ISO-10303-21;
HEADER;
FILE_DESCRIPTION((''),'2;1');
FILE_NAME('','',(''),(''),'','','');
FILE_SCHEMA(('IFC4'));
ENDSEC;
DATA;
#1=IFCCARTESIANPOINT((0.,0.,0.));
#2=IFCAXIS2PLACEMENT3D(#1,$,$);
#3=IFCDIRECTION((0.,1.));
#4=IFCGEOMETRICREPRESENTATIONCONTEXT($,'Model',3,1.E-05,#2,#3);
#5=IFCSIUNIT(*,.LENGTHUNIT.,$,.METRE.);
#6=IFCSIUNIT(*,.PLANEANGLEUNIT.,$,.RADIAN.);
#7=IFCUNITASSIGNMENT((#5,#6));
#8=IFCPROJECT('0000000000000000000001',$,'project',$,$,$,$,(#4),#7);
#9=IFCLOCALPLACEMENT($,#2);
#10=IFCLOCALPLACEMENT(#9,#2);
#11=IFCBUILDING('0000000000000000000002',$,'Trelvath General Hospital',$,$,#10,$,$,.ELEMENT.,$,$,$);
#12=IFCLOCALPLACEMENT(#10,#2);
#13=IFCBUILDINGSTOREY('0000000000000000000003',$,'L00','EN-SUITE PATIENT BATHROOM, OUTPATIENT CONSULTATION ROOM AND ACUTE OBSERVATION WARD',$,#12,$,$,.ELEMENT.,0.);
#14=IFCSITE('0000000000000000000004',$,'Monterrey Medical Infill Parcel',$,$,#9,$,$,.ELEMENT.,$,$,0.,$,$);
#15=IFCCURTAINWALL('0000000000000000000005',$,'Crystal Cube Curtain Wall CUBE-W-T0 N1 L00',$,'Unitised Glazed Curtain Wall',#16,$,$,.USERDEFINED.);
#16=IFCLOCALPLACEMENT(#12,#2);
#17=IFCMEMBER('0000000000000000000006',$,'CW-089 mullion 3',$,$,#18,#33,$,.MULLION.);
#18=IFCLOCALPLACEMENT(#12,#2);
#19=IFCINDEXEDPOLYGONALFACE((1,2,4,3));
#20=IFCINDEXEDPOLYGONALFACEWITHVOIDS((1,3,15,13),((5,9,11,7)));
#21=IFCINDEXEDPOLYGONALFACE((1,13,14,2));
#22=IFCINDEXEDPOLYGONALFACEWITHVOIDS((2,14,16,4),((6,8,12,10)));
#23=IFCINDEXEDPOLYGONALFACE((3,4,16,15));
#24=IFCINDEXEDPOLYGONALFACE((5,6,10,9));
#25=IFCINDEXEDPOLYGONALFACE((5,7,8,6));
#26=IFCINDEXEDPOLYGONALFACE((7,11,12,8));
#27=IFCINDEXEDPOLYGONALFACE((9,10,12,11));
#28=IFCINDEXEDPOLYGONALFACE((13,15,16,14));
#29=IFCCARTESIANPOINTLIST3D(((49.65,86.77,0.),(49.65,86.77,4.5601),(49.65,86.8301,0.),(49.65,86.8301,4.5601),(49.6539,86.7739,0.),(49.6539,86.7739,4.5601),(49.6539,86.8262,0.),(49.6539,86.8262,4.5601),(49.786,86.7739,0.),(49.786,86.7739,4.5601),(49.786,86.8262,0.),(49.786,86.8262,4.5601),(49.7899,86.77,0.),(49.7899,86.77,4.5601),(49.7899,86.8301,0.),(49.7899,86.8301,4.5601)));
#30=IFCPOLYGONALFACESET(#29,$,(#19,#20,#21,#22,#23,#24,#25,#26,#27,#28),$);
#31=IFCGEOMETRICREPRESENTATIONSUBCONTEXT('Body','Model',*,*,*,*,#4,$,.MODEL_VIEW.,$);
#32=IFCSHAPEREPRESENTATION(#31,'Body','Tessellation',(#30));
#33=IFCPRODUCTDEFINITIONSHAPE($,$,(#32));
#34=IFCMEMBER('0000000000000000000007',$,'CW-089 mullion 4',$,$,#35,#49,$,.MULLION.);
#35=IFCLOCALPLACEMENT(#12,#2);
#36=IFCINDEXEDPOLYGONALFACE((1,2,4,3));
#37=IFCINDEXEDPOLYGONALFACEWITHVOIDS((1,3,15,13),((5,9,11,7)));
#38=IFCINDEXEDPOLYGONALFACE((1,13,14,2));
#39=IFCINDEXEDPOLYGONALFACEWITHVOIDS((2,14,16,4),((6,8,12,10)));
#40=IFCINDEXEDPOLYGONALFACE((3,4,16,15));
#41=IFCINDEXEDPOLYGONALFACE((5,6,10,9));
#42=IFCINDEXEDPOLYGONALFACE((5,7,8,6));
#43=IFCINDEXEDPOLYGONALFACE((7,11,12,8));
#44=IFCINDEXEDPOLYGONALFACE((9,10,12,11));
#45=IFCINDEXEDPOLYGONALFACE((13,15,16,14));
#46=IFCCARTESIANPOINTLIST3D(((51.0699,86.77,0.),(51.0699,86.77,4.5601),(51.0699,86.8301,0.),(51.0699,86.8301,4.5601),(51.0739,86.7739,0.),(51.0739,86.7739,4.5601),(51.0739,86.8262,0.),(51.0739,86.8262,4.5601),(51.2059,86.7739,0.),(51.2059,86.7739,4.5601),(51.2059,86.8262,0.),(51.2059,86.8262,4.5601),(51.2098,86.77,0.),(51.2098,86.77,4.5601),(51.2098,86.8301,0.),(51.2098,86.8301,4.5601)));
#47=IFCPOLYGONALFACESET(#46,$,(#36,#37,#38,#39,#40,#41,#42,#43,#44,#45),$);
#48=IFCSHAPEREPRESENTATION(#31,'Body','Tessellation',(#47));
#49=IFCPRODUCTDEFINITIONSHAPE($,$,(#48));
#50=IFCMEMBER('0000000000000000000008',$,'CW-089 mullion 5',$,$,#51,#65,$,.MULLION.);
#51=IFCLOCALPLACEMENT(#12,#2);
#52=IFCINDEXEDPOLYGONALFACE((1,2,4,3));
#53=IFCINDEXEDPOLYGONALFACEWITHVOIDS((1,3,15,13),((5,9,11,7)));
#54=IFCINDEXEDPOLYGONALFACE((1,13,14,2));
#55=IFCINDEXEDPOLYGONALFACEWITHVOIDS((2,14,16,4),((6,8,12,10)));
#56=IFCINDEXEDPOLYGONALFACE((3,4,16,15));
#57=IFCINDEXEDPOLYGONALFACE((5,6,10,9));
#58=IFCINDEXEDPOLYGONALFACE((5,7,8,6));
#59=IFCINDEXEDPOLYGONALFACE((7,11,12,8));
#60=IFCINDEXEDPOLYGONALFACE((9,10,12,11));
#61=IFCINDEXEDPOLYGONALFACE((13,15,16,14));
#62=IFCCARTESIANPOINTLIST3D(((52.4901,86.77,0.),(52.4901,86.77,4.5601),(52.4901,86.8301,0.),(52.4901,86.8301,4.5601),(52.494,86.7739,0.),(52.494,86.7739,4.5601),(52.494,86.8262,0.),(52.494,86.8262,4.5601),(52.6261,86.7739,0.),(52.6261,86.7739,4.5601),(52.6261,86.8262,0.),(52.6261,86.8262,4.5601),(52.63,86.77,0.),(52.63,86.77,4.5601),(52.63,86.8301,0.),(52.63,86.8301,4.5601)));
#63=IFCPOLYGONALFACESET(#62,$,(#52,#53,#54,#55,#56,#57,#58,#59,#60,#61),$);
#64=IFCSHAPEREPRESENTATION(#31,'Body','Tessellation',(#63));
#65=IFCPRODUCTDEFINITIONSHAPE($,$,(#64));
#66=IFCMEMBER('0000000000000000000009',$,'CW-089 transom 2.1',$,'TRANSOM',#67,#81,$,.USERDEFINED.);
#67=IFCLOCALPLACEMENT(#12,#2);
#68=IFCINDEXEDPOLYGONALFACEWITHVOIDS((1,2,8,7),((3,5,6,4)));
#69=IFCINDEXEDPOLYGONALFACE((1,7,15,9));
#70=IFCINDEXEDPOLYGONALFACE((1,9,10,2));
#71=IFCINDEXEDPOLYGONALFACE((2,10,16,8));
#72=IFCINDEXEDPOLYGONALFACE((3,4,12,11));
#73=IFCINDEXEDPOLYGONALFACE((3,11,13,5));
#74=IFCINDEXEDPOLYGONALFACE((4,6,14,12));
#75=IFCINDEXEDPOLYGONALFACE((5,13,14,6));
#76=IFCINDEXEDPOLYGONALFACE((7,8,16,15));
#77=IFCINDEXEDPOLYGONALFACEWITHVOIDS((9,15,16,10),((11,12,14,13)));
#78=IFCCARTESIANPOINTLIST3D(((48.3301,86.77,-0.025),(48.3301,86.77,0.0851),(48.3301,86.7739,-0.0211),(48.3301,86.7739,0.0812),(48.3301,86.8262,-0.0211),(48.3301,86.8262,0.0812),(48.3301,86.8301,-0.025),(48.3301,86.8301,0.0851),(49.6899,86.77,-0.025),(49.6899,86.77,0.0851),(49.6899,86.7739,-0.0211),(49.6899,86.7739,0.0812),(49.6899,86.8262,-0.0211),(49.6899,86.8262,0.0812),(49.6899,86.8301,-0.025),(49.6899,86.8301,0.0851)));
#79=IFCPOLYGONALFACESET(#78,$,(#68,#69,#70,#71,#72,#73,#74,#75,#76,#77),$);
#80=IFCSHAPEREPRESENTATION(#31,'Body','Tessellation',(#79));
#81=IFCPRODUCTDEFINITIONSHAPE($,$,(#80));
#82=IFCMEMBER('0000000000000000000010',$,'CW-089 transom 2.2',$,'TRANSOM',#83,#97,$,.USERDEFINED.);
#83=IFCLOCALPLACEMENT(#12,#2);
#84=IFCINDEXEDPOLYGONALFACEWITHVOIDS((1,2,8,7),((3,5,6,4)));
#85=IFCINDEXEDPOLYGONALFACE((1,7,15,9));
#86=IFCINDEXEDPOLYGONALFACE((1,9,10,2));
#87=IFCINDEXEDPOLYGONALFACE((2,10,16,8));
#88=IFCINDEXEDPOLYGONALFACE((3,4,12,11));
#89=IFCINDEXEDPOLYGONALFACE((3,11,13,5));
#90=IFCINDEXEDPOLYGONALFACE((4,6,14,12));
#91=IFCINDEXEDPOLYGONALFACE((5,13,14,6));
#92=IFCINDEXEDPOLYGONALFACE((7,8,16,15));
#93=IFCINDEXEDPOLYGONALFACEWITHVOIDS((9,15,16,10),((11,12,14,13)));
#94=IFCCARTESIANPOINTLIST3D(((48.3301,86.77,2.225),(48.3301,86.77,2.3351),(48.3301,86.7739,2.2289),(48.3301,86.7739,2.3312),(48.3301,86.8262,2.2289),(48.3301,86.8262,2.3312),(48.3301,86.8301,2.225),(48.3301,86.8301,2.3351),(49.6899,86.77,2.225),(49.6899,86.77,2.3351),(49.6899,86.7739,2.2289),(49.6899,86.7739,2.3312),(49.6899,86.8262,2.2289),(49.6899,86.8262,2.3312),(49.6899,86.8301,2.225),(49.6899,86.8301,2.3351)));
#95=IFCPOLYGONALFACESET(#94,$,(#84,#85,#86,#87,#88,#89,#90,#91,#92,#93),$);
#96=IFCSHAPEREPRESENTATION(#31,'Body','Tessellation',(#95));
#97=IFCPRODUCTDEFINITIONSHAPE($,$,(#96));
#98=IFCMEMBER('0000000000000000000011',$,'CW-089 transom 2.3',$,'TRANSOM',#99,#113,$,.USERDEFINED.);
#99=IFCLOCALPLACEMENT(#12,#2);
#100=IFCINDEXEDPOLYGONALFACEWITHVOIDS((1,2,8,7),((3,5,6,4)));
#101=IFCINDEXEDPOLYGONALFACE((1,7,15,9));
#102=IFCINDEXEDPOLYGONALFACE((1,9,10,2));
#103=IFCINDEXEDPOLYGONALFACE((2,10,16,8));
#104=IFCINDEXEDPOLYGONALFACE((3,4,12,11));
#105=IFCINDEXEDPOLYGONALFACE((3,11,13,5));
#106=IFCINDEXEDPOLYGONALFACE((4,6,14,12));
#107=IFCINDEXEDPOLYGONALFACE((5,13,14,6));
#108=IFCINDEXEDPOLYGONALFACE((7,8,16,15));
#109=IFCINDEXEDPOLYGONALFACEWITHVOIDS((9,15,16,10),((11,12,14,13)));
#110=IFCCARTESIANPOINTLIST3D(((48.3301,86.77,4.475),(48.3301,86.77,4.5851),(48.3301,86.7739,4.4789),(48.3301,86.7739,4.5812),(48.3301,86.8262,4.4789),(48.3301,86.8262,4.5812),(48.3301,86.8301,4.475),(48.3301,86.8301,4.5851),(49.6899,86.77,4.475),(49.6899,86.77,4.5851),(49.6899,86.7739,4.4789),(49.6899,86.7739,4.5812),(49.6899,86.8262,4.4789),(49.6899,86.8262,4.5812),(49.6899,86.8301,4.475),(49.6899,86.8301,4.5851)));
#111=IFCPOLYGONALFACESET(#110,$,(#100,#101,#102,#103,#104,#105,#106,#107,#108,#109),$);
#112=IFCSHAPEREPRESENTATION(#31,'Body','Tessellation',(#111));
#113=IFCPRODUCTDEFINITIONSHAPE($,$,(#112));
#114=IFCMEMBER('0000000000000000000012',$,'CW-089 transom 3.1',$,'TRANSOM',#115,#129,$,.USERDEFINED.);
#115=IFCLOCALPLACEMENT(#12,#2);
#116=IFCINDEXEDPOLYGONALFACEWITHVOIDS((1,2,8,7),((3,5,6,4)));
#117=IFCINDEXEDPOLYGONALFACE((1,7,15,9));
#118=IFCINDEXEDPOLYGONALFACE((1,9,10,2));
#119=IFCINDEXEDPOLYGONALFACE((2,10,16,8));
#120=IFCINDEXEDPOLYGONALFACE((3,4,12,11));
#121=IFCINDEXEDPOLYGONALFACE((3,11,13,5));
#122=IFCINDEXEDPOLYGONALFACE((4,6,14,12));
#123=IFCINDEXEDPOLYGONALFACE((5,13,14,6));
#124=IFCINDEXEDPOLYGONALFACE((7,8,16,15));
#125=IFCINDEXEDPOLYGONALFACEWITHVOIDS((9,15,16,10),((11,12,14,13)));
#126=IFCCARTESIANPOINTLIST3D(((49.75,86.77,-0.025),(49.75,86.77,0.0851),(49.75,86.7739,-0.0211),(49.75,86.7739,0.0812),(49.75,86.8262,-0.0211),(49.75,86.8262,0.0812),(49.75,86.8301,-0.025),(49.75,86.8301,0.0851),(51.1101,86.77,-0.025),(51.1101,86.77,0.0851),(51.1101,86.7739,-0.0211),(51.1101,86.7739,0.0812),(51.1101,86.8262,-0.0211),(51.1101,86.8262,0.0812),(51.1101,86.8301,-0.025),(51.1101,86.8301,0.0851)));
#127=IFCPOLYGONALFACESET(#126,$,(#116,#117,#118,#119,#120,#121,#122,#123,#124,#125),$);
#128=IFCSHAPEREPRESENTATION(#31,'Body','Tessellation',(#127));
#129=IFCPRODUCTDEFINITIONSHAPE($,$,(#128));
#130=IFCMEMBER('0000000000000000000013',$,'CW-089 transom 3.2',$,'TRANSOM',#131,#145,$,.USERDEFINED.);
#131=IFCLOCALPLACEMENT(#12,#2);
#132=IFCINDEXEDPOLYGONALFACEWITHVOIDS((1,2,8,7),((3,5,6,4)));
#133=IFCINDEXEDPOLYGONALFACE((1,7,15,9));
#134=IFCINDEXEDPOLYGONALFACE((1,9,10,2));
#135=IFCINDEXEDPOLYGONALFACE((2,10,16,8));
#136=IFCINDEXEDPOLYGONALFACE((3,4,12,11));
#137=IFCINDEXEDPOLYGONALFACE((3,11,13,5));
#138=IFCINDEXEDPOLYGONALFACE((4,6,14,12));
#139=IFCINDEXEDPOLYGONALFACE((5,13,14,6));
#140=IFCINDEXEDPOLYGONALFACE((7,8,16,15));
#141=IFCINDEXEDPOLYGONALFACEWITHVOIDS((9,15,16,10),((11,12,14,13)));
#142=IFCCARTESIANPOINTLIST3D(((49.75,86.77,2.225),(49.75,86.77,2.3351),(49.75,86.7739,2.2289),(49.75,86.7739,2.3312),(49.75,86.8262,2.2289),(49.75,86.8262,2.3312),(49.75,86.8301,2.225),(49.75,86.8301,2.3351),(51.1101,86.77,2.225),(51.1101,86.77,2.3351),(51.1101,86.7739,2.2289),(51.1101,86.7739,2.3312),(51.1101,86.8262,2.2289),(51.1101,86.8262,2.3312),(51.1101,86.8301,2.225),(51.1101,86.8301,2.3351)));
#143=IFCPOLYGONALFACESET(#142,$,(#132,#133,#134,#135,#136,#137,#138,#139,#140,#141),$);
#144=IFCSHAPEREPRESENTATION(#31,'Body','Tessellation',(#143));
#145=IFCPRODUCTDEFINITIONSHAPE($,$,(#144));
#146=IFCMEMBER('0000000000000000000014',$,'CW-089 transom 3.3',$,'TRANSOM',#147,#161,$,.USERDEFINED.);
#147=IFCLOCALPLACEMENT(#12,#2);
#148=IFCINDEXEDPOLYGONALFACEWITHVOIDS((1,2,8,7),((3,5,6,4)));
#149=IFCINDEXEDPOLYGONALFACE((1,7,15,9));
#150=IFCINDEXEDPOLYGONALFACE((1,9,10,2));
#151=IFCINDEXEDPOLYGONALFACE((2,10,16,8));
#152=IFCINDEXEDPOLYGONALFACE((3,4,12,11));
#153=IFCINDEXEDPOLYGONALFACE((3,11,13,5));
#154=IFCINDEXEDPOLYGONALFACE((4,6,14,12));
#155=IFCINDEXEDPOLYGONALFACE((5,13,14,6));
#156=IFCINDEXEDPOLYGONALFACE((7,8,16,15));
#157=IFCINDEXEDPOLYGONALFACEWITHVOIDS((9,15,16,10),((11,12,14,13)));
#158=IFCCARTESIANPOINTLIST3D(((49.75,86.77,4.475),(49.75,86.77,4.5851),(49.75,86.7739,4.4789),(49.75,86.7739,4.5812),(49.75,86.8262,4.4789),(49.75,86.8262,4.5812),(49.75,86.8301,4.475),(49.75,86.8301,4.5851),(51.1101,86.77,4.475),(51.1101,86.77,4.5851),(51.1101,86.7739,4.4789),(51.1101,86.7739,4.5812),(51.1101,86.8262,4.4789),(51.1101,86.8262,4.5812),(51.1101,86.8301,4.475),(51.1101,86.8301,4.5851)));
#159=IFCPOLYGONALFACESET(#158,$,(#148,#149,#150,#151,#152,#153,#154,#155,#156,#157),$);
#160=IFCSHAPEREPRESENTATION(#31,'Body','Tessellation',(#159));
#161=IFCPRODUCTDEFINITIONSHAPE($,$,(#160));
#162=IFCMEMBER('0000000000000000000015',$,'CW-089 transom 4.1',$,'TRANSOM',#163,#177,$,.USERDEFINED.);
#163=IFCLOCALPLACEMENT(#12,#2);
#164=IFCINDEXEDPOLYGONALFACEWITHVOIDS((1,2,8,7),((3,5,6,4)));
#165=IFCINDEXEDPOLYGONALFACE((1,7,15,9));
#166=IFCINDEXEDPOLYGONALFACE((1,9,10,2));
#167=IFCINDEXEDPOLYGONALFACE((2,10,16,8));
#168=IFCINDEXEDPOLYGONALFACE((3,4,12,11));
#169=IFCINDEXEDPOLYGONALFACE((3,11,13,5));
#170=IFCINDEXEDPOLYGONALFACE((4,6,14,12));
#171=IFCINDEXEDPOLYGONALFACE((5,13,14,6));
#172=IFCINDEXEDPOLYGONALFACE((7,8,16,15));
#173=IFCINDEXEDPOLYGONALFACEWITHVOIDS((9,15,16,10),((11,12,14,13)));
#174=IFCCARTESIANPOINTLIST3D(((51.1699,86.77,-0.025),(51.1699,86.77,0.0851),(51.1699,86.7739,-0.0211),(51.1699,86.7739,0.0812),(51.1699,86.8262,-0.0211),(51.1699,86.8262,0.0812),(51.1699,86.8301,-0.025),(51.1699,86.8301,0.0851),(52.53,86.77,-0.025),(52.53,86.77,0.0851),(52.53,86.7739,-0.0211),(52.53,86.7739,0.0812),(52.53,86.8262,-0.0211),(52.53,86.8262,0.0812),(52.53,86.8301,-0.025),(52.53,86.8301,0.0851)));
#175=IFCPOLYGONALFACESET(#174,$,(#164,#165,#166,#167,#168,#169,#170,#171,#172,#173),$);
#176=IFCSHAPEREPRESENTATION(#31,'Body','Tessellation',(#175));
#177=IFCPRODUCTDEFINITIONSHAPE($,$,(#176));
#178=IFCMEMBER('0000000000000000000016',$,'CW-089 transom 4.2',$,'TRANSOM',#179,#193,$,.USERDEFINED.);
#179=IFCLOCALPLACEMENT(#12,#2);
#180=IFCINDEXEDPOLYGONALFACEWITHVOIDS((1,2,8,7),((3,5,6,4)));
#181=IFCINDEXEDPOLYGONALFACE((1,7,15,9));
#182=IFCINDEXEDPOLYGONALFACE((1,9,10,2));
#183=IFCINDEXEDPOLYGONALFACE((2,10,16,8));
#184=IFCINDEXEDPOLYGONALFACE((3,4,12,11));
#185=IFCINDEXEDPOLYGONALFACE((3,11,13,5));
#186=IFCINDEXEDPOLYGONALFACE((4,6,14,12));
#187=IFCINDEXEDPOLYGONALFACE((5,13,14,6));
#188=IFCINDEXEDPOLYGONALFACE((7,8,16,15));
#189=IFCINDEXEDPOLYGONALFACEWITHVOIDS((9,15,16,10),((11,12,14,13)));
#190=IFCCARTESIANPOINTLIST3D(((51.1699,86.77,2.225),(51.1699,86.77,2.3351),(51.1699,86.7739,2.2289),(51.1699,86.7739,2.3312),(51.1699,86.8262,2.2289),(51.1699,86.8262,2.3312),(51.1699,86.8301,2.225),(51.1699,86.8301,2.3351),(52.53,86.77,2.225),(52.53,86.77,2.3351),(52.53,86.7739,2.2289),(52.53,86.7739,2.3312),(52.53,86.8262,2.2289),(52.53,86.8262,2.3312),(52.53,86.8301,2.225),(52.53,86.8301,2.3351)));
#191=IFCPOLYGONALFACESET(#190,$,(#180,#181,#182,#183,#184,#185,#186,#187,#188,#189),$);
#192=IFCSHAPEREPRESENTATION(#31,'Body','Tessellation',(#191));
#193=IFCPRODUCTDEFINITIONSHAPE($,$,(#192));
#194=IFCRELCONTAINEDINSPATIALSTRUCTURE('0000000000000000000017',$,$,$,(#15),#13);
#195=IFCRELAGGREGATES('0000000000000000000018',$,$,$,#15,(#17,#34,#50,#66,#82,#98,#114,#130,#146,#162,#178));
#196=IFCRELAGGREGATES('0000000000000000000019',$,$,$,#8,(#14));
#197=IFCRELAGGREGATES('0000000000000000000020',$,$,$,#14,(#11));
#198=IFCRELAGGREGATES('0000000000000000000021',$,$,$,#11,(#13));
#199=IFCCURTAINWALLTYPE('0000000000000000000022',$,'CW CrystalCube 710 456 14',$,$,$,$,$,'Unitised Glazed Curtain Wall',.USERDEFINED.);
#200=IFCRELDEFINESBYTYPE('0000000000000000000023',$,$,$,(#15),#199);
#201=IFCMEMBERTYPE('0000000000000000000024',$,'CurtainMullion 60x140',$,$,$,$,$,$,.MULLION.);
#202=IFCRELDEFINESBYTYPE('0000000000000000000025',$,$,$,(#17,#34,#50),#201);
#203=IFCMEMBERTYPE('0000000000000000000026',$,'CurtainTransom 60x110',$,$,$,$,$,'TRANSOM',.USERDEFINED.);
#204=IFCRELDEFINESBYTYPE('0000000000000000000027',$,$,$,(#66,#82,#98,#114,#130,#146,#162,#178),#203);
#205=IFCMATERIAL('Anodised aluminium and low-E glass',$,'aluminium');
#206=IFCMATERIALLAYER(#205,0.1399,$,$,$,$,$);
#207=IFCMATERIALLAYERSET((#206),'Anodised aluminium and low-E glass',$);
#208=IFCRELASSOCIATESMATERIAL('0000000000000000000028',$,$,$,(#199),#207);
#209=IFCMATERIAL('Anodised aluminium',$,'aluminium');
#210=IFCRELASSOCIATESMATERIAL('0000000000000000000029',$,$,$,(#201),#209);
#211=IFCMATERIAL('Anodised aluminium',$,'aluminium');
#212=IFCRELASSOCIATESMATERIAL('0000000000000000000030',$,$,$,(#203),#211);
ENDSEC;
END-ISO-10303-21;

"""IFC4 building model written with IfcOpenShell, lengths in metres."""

from ifc_helpers import new_model, si_unit, direction, frame, origin, origin_2d, place, context, subcontext, project, spatial, hollow_rectangle, extrude, material, layer, layer_set, material_profile, profile_set, type_object, element, aggregate, save


model = new_model("IFC4")

# Units and contexts
model_context = context("Model", 3, precision=1e-05, world=origin(), true_north=direction((0.0, 1.0)))
body_context = subcontext(model_context, "Body", "Model", "MODEL_VIEW")
ifc_project = project(units=[si_unit("LENGTHUNIT", "METRE"), si_unit("PLANEANGLEUNIT", "RADIAN")], contexts=[model_context])

# Site, building, storey
site_placement = place(None, origin())
site = spatial("IfcSite", under=ifc_project, at=site_placement, Name="Monterrey Medical Infill Parcel", CompositionType="ELEMENT", RefElevation=0.0)
building_placement = place(site_placement, origin())
building = spatial("IfcBuilding", under=site, at=building_placement, Name="Trelvath General Hospital", CompositionType="ELEMENT")
storey_placement = place(building_placement, origin())
storey = spatial("IfcBuildingStorey", under=building, at=storey_placement, Name="L00", Description="EN-SUITE PATIENT BATHROOM, OUTPATIENT CONSULTATION ROOM AND ACUTE OBSERVATION WARD", CompositionType="ELEMENT", Elevation=0.0)

# Curtain wall, members
ifc_material_1 = material(Name="Anodised aluminium and low-E glass", Category="aluminium")
ifc_layer_1 = layer(ifc_material_1, 0.1399)
ifc_layer_set_1 = layer_set([ifc_layer_1], Name="Anodised aluminium and low-E glass")
curtain_wall_type = type_object("IfcCurtainWallType", Name="CW CrystalCube 710 456 14", ElementType="Unitised Glazed Curtain Wall", PredefinedType="USERDEFINED", material=ifc_layer_set_1)
curtain_wall_placement = place(storey_placement, origin())
curtain_wall = element("IfcCurtainWall", 1, at=curtain_wall_placement, inside=storey, type_object=curtain_wall_type, Name="Crystal Cube Curtain Wall CUBE-W-T0 N1 L00", ObjectType="Unitised Glazed Curtain Wall", PredefinedType="USERDEFINED")
ifc_material_2 = material(Name="Anodised aluminium", Category="aluminium")
ifc_material_profile_1 = material_profile(ifc_material_2, hollow_rectangle(XDim=0.0601, YDim=0.1399, WallThickness=0.0039, at=origin_2d()), Name="RHS60x140x4")
ifc_profile_set_1 = profile_set([ifc_material_profile_1], Name="Anodised aluminium")
member_type_1 = type_object("IfcMemberType", Name="CurtainMullion 60x140", PredefinedType="MULLION", material=ifc_profile_set_1)
member_1_placement = place(storey_placement, frame((49.72, 86.8, 0.0), z_axis=(0.0, 0.0, 1.0), x_axis=(0.0, 1.0, 0.0)))
member_1 = element("IfcMember", 2, at=member_1_placement, type_object=member_type_1, Name="CW-089 mullion 3", PredefinedType="MULLION", context=body_context, shape_type="SweptSolid", body=[
    extrude(hollow_rectangle(XDim=0.0601, YDim=0.1399, WallThickness=0.0039, at=origin_2d()), origin(), (0.0, 0.0, 1.0), 4.5601),
])
member_2_placement = place(storey_placement, frame((51.1399, 86.8, 0.0), z_axis=(0.0, 0.0, 1.0), x_axis=(0.0, 1.0, 0.0)))
member_2 = element("IfcMember", 3, at=member_2_placement, type_object=member_type_1, Name="CW-089 mullion 4", PredefinedType="MULLION", context=body_context, shape_type="SweptSolid", body=[
    extrude(hollow_rectangle(XDim=0.0601, YDim=0.1399, WallThickness=0.0039, at=origin_2d()), origin(), (0.0, 0.0, 1.0), 4.5601),
])
member_3_placement = place(storey_placement, frame((52.5601, 86.8, 0.0), z_axis=(0.0, 0.0, 1.0), x_axis=(0.0, 1.0, 0.0)))
member_3 = element("IfcMember", 4, at=member_3_placement, type_object=member_type_1, Name="CW-089 mullion 5", PredefinedType="MULLION", context=body_context, shape_type="SweptSolid", body=[
    extrude(hollow_rectangle(XDim=0.0601, YDim=0.1399, WallThickness=0.0039, at=origin_2d()), origin(), (0.0, 0.0, 1.0), 4.5601),
])
ifc_material_3 = material(Name="Anodised aluminium", Category="aluminium")
ifc_material_profile_2 = material_profile(ifc_material_3, hollow_rectangle(XDim=0.0601, YDim=0.1101, WallThickness=0.0039, at=origin_2d()), Name="RHS60x110x4")
ifc_profile_set_2 = profile_set([ifc_material_profile_2], Name="Anodised aluminium")
member_type_2 = type_object("IfcMemberType", Name="CurtainTransom 60x110", ElementType="TRANSOM", PredefinedType="USERDEFINED", material=ifc_profile_set_2)
member_4_placement = place(storey_placement, frame((48.3301, 86.8, 0.03), z_axis=(1.0, 0.0, 0.0), x_axis=(0.0, 1.0, 0.0)))
member_4 = element("IfcMember", 5, at=member_4_placement, type_object=member_type_2, Name="CW-089 transom 2.1", ObjectType="TRANSOM", PredefinedType="USERDEFINED", context=body_context, shape_type="SweptSolid", body=[
    extrude(hollow_rectangle(XDim=0.0601, YDim=0.1101, WallThickness=0.0039, at=origin_2d()), origin(), (0.0, 0.0, 1.0), 1.3599),
])
member_5_placement = place(storey_placement, frame((48.3301, 86.8, 2.28), z_axis=(1.0, 0.0, 0.0), x_axis=(0.0, 1.0, 0.0)))
member_5 = element("IfcMember", 6, at=member_5_placement, type_object=member_type_2, Name="CW-089 transom 2.2", ObjectType="TRANSOM", PredefinedType="USERDEFINED", context=body_context, shape_type="SweptSolid", body=[
    extrude(hollow_rectangle(XDim=0.0601, YDim=0.1101, WallThickness=0.0039, at=origin_2d()), origin(), (0.0, 0.0, 1.0), 1.3599),
])
member_6_placement = place(storey_placement, frame((48.3301, 86.8, 4.53), z_axis=(1.0, 0.0, 0.0), x_axis=(0.0, 1.0, 0.0)))
member_6 = element("IfcMember", 7, at=member_6_placement, type_object=member_type_2, Name="CW-089 transom 2.3", ObjectType="TRANSOM", PredefinedType="USERDEFINED", context=body_context, shape_type="SweptSolid", body=[
    extrude(hollow_rectangle(XDim=0.0601, YDim=0.1101, WallThickness=0.0039, at=origin_2d()), origin(), (0.0, 0.0, 1.0), 1.3599),
])
member_7_placement = place(storey_placement, frame((49.75, 86.8, 0.03), z_axis=(1.0, 0.0, 0.0), x_axis=(0.0, 1.0, 0.0)))
member_7 = element("IfcMember", 8, at=member_7_placement, type_object=member_type_2, Name="CW-089 transom 3.1", ObjectType="TRANSOM", PredefinedType="USERDEFINED", context=body_context, shape_type="SweptSolid", body=[
    extrude(hollow_rectangle(XDim=0.0601, YDim=0.1101, WallThickness=0.0039, at=origin_2d()), origin(), (0.0, 0.0, 1.0), 1.3601),
])
member_8_placement = place(storey_placement, frame((49.75, 86.8, 2.28), z_axis=(1.0, 0.0, 0.0), x_axis=(0.0, 1.0, 0.0)))
member_8 = element("IfcMember", 9, at=member_8_placement, type_object=member_type_2, Name="CW-089 transom 3.2", ObjectType="TRANSOM", PredefinedType="USERDEFINED", context=body_context, shape_type="SweptSolid", body=[
    extrude(hollow_rectangle(XDim=0.0601, YDim=0.1101, WallThickness=0.0039, at=origin_2d()), origin(), (0.0, 0.0, 1.0), 1.3601),
])
member_9_placement = place(storey_placement, frame((49.75, 86.8, 4.53), z_axis=(1.0, 0.0, 0.0), x_axis=(0.0, 1.0, 0.0)))
member_9 = element("IfcMember", 10, at=member_9_placement, type_object=member_type_2, Name="CW-089 transom 3.3", ObjectType="TRANSOM", PredefinedType="USERDEFINED", context=body_context, shape_type="SweptSolid", body=[
    extrude(hollow_rectangle(XDim=0.0601, YDim=0.1101, WallThickness=0.0039, at=origin_2d()), origin(), (0.0, 0.0, 1.0), 1.3601),
])
member_10_placement = place(storey_placement, frame((51.1699, 86.8, 0.03), z_axis=(1.0, 0.0, 0.0), x_axis=(0.0, 1.0, 0.0)))
member_10 = element("IfcMember", 11, at=member_10_placement, type_object=member_type_2, Name="CW-089 transom 4.1", ObjectType="TRANSOM", PredefinedType="USERDEFINED", context=body_context, shape_type="SweptSolid", body=[
    extrude(hollow_rectangle(XDim=0.0601, YDim=0.1101, WallThickness=0.0039, at=origin_2d()), origin(), (0.0, 0.0, 1.0), 1.3601),
])
member_11_placement = place(storey_placement, frame((51.1699, 86.8, 2.28), z_axis=(1.0, 0.0, 0.0), x_axis=(0.0, 1.0, 0.0)))
member_11 = element("IfcMember", 12, at=member_11_placement, type_object=member_type_2, Name="CW-089 transom 4.2", ObjectType="TRANSOM", PredefinedType="USERDEFINED", context=body_context, shape_type="SweptSolid", body=[
    extrude(hollow_rectangle(XDim=0.0601, YDim=0.1101, WallThickness=0.0039, at=origin_2d()), origin(), (0.0, 0.0, 1.0), 1.3601),
])
aggregate(curtain_wall, [member_1, member_2, member_3, member_4, member_5, member_6, member_7, member_8, member_9, member_10, member_11])

save(model, "model.ifc")
